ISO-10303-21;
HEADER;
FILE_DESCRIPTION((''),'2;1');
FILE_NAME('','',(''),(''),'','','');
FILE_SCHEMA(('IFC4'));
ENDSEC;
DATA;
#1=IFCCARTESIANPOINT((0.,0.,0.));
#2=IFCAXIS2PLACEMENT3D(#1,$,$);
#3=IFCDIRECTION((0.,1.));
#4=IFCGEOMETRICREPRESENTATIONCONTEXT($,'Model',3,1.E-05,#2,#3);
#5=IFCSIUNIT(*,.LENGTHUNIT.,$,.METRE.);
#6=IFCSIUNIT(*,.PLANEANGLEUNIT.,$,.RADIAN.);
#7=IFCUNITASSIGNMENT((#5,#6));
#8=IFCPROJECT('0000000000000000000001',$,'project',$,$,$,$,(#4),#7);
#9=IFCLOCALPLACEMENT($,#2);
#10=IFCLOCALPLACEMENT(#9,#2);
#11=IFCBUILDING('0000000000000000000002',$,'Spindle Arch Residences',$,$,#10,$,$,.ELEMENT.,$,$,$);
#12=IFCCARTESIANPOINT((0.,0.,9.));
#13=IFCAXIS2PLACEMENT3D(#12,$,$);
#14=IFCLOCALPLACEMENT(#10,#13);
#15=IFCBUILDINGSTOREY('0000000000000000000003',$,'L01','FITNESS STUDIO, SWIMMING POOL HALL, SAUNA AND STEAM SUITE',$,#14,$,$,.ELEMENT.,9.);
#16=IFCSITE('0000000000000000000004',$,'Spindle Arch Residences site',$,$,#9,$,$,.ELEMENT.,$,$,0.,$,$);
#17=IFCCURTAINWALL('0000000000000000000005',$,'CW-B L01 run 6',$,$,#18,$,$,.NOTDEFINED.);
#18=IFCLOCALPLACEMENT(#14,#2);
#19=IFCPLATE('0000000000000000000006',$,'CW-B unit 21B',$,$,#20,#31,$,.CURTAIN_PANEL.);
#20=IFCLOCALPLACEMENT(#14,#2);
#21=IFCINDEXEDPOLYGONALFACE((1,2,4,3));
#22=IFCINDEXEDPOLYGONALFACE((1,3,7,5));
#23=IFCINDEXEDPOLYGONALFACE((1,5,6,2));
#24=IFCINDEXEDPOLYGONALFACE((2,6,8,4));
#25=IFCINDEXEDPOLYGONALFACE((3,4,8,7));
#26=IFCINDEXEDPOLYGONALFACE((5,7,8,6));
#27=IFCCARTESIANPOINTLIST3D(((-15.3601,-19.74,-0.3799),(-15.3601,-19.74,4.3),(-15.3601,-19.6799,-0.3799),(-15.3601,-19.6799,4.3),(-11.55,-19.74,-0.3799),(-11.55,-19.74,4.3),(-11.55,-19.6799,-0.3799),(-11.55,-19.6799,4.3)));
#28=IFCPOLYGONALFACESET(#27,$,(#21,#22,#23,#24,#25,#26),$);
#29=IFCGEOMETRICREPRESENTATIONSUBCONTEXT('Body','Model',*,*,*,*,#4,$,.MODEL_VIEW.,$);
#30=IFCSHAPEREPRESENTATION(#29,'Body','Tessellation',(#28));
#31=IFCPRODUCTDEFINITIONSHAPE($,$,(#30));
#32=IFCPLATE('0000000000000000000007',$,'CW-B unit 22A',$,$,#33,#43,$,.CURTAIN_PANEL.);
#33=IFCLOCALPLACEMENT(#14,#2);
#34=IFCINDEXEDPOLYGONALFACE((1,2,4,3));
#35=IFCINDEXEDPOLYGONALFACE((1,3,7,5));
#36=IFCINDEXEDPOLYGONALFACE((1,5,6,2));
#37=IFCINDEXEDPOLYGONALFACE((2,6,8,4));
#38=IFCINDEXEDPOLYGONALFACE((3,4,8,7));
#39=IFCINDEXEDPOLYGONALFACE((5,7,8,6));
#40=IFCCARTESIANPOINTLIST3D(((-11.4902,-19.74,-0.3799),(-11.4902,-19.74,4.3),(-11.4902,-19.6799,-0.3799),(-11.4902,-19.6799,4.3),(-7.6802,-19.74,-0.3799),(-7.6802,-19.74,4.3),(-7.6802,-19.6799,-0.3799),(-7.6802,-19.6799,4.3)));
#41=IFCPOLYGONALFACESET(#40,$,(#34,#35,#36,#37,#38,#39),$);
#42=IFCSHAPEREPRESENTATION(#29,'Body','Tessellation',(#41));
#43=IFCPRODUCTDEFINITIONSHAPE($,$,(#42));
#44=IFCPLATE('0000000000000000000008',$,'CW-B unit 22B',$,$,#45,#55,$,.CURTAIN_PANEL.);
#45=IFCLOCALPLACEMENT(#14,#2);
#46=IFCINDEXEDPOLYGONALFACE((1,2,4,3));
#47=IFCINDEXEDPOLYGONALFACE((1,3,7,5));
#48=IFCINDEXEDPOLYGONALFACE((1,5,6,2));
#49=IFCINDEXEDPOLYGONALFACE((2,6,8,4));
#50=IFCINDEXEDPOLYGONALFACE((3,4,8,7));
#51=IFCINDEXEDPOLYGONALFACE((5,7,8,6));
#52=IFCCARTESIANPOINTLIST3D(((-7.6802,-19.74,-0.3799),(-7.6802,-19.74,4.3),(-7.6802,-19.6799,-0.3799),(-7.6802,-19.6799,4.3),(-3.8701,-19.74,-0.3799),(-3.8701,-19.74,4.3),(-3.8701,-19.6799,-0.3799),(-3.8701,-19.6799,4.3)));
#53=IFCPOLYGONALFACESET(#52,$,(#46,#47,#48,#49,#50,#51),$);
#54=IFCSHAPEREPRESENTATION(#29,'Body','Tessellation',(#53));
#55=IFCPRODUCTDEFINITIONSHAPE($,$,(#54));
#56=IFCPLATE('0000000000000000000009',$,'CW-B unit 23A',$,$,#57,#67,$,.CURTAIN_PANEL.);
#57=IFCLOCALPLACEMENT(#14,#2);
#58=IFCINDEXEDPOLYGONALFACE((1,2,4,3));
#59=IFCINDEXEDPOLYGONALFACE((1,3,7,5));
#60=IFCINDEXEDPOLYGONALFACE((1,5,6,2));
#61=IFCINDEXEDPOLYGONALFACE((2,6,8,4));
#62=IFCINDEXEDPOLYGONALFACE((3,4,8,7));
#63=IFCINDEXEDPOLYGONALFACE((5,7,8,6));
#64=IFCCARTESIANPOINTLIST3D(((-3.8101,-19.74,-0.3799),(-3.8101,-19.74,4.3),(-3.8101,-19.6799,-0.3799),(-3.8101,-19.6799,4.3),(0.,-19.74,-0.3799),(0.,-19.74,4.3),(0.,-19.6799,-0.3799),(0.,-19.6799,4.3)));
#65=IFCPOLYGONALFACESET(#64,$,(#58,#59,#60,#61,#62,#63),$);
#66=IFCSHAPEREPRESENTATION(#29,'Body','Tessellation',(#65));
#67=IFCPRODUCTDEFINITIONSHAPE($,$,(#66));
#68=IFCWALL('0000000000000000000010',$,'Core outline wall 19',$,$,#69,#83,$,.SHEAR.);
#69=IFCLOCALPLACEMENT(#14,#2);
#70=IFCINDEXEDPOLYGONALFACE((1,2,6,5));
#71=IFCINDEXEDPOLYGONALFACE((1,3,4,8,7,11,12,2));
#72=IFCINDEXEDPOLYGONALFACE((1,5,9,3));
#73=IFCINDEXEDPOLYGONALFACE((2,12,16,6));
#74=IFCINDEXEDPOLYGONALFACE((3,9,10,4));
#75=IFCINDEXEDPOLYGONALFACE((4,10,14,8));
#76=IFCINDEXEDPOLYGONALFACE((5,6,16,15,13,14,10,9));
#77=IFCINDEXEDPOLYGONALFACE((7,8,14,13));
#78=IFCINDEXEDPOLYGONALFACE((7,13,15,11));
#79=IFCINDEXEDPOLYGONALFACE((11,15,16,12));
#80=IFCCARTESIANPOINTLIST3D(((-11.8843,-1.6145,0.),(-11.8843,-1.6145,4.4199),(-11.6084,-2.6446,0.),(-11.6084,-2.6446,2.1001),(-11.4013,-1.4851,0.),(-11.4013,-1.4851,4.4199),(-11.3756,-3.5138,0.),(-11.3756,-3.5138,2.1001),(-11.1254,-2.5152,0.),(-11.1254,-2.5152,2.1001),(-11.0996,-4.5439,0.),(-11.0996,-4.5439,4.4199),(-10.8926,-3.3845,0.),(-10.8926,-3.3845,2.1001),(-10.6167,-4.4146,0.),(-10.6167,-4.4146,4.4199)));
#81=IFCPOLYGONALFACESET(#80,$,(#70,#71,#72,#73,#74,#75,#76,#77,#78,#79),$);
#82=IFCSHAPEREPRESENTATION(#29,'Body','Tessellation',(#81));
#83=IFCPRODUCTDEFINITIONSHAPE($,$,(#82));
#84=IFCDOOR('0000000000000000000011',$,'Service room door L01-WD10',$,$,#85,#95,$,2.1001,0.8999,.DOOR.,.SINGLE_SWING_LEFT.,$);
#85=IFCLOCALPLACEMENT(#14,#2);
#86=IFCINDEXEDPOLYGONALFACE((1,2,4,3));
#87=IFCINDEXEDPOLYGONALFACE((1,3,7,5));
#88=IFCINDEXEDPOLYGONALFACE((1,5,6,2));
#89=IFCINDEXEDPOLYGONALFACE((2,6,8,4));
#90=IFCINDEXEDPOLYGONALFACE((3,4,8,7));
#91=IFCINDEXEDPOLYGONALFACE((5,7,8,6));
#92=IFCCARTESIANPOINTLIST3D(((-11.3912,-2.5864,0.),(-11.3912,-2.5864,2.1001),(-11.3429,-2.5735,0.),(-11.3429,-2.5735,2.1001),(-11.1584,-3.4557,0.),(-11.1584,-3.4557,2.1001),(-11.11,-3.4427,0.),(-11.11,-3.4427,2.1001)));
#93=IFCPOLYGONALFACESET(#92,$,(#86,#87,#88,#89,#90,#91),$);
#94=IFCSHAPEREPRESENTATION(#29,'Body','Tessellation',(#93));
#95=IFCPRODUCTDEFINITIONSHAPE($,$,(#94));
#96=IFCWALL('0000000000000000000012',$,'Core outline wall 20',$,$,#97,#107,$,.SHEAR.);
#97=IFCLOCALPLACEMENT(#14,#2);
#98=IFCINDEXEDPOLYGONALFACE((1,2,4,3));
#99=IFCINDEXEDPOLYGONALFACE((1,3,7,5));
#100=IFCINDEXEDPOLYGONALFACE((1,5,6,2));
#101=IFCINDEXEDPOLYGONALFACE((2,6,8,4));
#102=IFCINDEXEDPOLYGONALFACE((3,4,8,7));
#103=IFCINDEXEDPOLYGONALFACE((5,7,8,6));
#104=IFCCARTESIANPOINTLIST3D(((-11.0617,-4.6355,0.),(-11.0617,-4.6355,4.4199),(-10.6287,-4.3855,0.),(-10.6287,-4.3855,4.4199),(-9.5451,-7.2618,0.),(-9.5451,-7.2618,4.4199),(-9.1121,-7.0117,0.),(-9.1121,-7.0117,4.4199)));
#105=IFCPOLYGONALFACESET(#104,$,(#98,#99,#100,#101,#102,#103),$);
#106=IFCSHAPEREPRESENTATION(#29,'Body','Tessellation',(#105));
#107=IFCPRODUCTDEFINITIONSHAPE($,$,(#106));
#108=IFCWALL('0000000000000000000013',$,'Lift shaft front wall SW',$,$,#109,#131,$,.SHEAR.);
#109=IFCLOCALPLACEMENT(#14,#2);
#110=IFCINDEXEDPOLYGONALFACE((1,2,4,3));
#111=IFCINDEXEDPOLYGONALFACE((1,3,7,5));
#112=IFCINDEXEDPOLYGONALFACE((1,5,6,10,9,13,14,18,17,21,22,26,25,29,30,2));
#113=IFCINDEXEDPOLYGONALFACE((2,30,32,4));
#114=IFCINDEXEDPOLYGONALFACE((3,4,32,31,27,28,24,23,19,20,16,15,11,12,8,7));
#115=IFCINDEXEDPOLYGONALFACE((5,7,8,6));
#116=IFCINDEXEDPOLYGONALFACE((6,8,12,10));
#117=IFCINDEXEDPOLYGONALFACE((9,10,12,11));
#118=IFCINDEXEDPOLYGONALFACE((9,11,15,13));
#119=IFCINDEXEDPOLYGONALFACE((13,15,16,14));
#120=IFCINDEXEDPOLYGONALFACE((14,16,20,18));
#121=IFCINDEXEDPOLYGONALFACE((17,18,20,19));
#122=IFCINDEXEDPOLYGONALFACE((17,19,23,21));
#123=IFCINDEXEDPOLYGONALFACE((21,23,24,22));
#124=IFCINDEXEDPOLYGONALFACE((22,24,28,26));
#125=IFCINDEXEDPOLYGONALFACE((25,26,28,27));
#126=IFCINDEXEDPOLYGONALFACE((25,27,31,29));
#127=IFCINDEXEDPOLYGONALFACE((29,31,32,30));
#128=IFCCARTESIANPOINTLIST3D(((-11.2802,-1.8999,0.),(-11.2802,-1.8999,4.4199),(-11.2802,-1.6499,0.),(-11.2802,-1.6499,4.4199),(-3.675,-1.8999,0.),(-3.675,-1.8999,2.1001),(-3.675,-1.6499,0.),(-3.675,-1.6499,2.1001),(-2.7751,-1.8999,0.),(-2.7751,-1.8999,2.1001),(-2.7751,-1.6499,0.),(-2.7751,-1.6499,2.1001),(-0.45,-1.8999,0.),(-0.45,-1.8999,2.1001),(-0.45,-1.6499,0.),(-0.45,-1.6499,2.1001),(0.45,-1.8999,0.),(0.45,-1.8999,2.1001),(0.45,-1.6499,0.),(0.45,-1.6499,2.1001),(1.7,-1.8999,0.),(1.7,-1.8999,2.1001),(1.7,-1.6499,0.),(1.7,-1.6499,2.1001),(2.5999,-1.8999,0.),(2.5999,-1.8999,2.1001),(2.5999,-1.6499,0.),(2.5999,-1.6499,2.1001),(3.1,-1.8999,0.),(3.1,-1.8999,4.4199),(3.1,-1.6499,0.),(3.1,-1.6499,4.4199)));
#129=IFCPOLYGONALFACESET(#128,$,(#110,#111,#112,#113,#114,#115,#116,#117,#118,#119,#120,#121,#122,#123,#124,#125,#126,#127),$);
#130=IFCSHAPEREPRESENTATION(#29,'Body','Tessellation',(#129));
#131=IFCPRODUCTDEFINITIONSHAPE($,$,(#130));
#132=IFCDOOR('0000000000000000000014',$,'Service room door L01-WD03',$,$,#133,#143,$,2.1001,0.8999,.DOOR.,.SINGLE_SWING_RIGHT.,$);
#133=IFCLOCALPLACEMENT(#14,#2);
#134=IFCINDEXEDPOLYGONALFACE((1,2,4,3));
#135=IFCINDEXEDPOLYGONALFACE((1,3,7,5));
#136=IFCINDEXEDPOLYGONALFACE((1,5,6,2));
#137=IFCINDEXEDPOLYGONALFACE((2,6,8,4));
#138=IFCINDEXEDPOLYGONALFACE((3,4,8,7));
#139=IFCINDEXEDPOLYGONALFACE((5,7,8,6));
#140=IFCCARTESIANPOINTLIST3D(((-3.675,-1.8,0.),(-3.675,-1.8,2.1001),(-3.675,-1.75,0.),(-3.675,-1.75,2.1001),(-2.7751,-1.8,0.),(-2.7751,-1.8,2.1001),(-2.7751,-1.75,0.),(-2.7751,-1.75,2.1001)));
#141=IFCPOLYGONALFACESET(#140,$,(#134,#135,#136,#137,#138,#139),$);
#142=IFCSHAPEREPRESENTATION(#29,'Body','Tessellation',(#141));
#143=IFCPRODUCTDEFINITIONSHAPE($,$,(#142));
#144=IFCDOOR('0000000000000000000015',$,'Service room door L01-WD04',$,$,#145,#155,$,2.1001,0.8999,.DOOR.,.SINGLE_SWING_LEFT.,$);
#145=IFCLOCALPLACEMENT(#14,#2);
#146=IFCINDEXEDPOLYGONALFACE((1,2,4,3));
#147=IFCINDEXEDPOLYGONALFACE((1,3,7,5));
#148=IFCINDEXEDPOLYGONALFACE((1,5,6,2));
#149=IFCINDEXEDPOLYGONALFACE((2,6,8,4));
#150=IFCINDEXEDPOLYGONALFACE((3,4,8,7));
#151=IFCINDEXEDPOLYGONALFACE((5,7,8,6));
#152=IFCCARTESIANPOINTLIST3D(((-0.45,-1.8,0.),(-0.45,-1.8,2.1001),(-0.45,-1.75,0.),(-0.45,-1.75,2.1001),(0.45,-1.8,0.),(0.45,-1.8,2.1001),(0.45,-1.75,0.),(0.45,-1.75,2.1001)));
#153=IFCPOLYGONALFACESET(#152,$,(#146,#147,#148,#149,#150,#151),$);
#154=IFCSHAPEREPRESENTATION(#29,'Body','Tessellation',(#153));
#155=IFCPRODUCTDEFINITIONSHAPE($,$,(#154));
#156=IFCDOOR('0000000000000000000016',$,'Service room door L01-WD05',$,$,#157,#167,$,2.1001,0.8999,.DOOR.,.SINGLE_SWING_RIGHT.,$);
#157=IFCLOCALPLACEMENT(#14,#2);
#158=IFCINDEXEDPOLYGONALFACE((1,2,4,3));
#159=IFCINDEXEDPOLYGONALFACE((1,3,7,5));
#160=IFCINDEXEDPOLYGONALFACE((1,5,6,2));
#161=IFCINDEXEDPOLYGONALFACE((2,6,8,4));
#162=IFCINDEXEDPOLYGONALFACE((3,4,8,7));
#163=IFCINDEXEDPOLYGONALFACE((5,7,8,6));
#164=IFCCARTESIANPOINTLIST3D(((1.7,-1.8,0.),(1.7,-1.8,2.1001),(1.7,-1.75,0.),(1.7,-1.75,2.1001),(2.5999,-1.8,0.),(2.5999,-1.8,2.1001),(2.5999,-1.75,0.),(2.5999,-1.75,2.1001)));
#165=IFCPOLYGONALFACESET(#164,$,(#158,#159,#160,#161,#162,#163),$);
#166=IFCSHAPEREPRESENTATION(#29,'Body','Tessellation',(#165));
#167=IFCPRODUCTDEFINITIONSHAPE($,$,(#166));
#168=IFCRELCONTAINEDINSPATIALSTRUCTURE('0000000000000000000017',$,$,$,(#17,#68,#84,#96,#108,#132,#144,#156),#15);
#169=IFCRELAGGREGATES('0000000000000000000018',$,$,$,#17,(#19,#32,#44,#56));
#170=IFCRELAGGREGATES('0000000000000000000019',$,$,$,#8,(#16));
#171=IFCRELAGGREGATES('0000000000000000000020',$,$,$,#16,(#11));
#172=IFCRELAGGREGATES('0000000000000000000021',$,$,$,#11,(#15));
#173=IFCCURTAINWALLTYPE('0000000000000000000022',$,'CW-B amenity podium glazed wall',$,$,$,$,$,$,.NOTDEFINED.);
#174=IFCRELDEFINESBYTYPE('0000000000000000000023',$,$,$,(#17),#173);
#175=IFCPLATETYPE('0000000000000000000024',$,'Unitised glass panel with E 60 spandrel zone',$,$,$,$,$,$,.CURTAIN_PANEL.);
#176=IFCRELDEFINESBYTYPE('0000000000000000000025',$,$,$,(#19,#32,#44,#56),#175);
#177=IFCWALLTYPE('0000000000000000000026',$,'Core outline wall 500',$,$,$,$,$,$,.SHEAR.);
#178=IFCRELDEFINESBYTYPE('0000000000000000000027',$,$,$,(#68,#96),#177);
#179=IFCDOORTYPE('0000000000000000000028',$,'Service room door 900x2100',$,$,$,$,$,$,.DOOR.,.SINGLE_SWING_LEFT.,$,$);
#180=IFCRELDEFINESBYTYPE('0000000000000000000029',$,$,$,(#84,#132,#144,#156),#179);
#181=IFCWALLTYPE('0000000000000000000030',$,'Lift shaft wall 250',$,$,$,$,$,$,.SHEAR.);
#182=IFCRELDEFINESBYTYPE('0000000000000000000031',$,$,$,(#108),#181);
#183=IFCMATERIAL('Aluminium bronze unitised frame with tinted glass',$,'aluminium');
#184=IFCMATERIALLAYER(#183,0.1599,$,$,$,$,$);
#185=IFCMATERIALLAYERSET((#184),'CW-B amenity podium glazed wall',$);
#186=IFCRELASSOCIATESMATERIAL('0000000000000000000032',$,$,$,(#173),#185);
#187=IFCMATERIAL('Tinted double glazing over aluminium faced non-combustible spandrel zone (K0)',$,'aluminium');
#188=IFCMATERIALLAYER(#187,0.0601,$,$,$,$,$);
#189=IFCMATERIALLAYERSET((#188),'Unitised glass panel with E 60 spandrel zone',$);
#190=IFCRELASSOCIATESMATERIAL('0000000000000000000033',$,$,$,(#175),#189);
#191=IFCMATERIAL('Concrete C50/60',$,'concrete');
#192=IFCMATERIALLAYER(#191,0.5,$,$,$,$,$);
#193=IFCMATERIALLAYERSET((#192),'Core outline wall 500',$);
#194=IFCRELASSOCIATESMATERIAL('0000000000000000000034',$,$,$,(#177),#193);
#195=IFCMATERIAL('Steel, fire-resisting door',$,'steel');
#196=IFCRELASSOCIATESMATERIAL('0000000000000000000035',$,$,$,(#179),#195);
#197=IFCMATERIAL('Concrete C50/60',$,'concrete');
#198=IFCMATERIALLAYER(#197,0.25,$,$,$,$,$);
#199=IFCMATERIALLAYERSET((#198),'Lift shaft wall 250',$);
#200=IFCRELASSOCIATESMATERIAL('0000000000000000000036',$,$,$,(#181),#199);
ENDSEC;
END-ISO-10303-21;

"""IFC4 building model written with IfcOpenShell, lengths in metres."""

from ifc_helpers import new_model, si_unit, direction, frame, frame_2d, origin, origin_2d, place, context, subcontext, project, spatial, rectangle, extrude, material, layer, layer_set, type_object, element, fill, aggregate, save


model = new_model("IFC4")

# Units and contexts
model_context = context("Model", 3, precision=1e-05, world=origin(), true_north=direction((0.0, 1.0)))
body_context = subcontext(model_context, "Body", "Model", "MODEL_VIEW")
ifc_project = project(units=[si_unit("LENGTHUNIT", "METRE"), si_unit("PLANEANGLEUNIT", "RADIAN")], contexts=[model_context])

# Site, building, storey
site_placement = place(None, origin())
site = spatial("IfcSite", under=ifc_project, at=site_placement, Name="Spindle Arch Residences site", CompositionType="ELEMENT", RefElevation=0.0)
building_placement = place(site_placement, origin())
building = spatial("IfcBuilding", under=site, at=building_placement, Name="Spindle Arch Residences", CompositionType="ELEMENT")
storey_placement = place(building_placement, frame((0.0, 0.0, 9.0)))
storey = spatial("IfcBuildingStorey", under=building, at=storey_placement, Name="L01", Description="FITNESS STUDIO, SWIMMING POOL HALL, SAUNA AND STEAM SUITE", CompositionType="ELEMENT", Elevation=9.0)

# Curtain wall
ifc_material_1 = material(Name="Aluminium bronze unitised frame with tinted glass", Category="aluminium")
ifc_layer_1 = layer(ifc_material_1, 0.1599)
ifc_layer_set_1 = layer_set([ifc_layer_1], Name="CW-B amenity podium glazed wall")
curtain_wall_type = type_object("IfcCurtainWallType", Name="CW-B amenity podium glazed wall", PredefinedType="NOTDEFINED", material=ifc_layer_set_1)
curtain_wall_placement = place(storey_placement, origin())
curtain_wall = element("IfcCurtainWall", 1, at=curtain_wall_placement, inside=storey, type_object=curtain_wall_type, Name="CW-B L01 run 6", PredefinedType="NOTDEFINED")

# Plates
ifc_material_2 = material(Name="Tinted double glazing over aluminium faced non-combustible spandrel zone (K0)", Category="aluminium")
ifc_layer_2 = layer(ifc_material_2, 0.0601)
ifc_layer_set_2 = layer_set([ifc_layer_2], Name="Unitised glass panel with E 60 spandrel zone")
plate_type = type_object("IfcPlateType", Name="Unitised glass panel with E 60 spandrel zone", PredefinedType="CURTAIN_PANEL", material=ifc_layer_set_2)
plate_1_placement = place(storey_placement, frame((-13.4551, -19.71, -0.3799), z_axis=(0.0, 0.0, 1.0), x_axis=(1.0, 0.0, 0.0)))
plate_1 = element("IfcPlate", 2, at=plate_1_placement, type_object=plate_type, Name="CW-B unit 21B", PredefinedType="CURTAIN_PANEL", context=body_context, shape_type="SweptSolid", body=[
    extrude(rectangle(XDim=3.8101, YDim=0.0601, at=origin_2d()), origin(), (0.0, 0.0, 1.0), 4.6799),
])
plate_2_placement = place(storey_placement, frame((-9.5852, -19.71, -0.3799), z_axis=(0.0, 0.0, 1.0), x_axis=(1.0, 0.0, 0.0)))
plate_2 = element("IfcPlate", 3, at=plate_2_placement, type_object=plate_type, Name="CW-B unit 22A", PredefinedType="CURTAIN_PANEL", context=body_context, shape_type="SweptSolid", body=[
    extrude(rectangle(XDim=3.8101, YDim=0.0601, at=origin_2d()), origin(), (0.0, 0.0, 1.0), 4.6799),
])
plate_3_placement = place(storey_placement, frame((-5.7751, -19.71, -0.3799), z_axis=(0.0, 0.0, 1.0), x_axis=(1.0, 0.0, 0.0)))
plate_3 = element("IfcPlate", 4, at=plate_3_placement, type_object=plate_type, Name="CW-B unit 22B", PredefinedType="CURTAIN_PANEL", context=body_context, shape_type="SweptSolid", body=[
    extrude(rectangle(XDim=3.8101, YDim=0.0601, at=origin_2d()), origin(), (0.0, 0.0, 1.0), 4.6799),
])
plate_4_placement = place(storey_placement, frame((-1.905, -19.71, -0.3799), z_axis=(0.0, 0.0, 1.0), x_axis=(1.0, 0.0, 0.0)))
plate_4 = element("IfcPlate", 5, at=plate_4_placement, type_object=plate_type, Name="CW-B unit 23A", PredefinedType="CURTAIN_PANEL", context=body_context, shape_type="SweptSolid", body=[
    extrude(rectangle(XDim=3.8101, YDim=0.0601, at=origin_2d()), origin(), (0.0, 0.0, 1.0), 4.6799),
])
aggregate(curtain_wall, [plate_1, plate_2, plate_3, plate_4])

# Wall, opening, door
ifc_material_3 = material(Name="Concrete C50/60", Category="concrete")
ifc_layer_3 = layer(ifc_material_3, 0.5)
ifc_layer_set_3 = layer_set([ifc_layer_3], Name="Core outline wall 500")
wall_type_1 = type_object("IfcWallType", Name="Core outline wall 500", PredefinedType="SHEAR", material=ifc_layer_set_3)
wall_1_placement = place(storey_placement, frame((-11.6428, -1.5498, 0.0), z_axis=(0.0, 0.0, 1.0), x_axis=(0.258735, -0.965948, 0.0)))
wall_1 = element("IfcWall", 6, at=wall_1_placement, inside=storey, type_object=wall_type_1, Name="Core outline wall 19", PredefinedType="SHEAR", context=body_context, shape_type="SweptSolid", body=[
    extrude(rectangle(XDim=3.0327, YDim=0.5, at=frame_2d((1.5164, 0.0))), origin(), (0.0, 0.0, 1.0), 4.4199),
])
opening_1_placement = place(wall_1_placement, frame((1.0664, 0.0, 0.0)))
opening_1 = element("IfcOpeningElement", 7, at=opening_1_placement, cuts=wall_1, PredefinedType="OPENING", context=body_context, shape_type="SweptSolid", body=[
    extrude(rectangle(XDim=0.8999, YDim=2.1001, at=frame_2d((0.45, 1.05))), frame((0.0, 0.26, 0.0), z_axis=(0.0, -1.0, 0.0), x_axis=(1.0, 0.0, 0.0)), (0.0, 0.0, 1.0), 0.52),
])
ifc_material_4 = material(Name="Steel, fire-resisting door", Category="steel")
door_type_1 = type_object("IfcDoorType", Name="Service room door 900x2100", OperationType="SINGLE_SWING_LEFT", PredefinedType="DOOR", material=ifc_material_4)
door_1_placement = place(opening_1_placement, origin())
door_1 = element("IfcDoor", 8, at=door_1_placement, inside=storey, type_object=door_type_1, Name="Service room door L01-WD10", OperationType="SINGLE_SWING_LEFT", OverallHeight=2.1001, OverallWidth=0.8999, PredefinedType="DOOR", context=body_context, shape_type="SweptSolid", body=[
    extrude(rectangle(XDim=0.8999, YDim=2.1001, at=frame_2d((0.45, 1.05))), frame((0.0, 0.0249, 0.0), z_axis=(0.0, -1.0, 0.0), x_axis=(1.0, 0.0, 0.0)), (0.0, 0.0, 1.0), 0.05),
])
fill(opening_1, door_1)

# Wall
wall_2_placement = place(storey_placement, frame((-10.8452, -4.5105, 0.0), z_axis=(0.0, 0.0, 1.0), x_axis=(0.500087, -0.865975, 0.0)))
element("IfcWall", 9, at=wall_2_placement, inside=storey, type_object=wall_type_1, Name="Core outline wall 20", PredefinedType="SHEAR", context=body_context, shape_type="SweptSolid", body=[
    extrude(rectangle(XDim=3.0327, YDim=0.5, at=frame_2d((1.5164, 0.0))), origin(), (0.0, 0.0, 1.0), 4.4199),
])

# Wall, openings, doors
ifc_material_5 = material(Name="Concrete C50/60", Category="concrete")
ifc_layer_4 = layer(ifc_material_5, 0.25)
ifc_layer_set_4 = layer_set([ifc_layer_4], Name="Lift shaft wall 250")
wall_type_2 = type_object("IfcWallType", Name="Lift shaft wall 250", PredefinedType="SHEAR", material=ifc_layer_set_4)
wall_3_placement = place(storey_placement, frame((-11.28, -1.7749, 0.0), z_axis=(0.0, 0.0, 1.0), x_axis=(1.0, 0.0, 0.0)))
wall_3 = element("IfcWall", 10, at=wall_3_placement, inside=storey, type_object=wall_type_2, Name="Lift shaft front wall SW", PredefinedType="SHEAR", context=body_context, shape_type="SweptSolid", body=[
    extrude(rectangle(XDim=14.3801, YDim=0.25, at=frame_2d((7.1899, 0.0))), origin(), (0.0, 0.0, 1.0), 4.4199),
])
opening_2_placement = place(wall_3_placement, frame((7.605, 0.0, 0.0)))
opening_2 = element("IfcOpeningElement", 11, at=opening_2_placement, cuts=wall_3, PredefinedType="OPENING", context=body_context, shape_type="SweptSolid", body=[
    extrude(rectangle(XDim=0.8999, YDim=2.1001, at=frame_2d((0.45, 1.05))), frame((0.0, 0.135, 0.0), z_axis=(0.0, -1.0, 0.0), x_axis=(1.0, 0.0, 0.0)), (0.0, 0.0, 1.0), 0.27),
])
opening_3_placement = place(wall_3_placement, frame((10.8301, 0.0, 0.0)))
opening_3 = element("IfcOpeningElement", 12, at=opening_3_placement, cuts=wall_3, PredefinedType="OPENING", context=body_context, shape_type="SweptSolid", body=[
    extrude(rectangle(XDim=0.8999, YDim=2.1001, at=frame_2d((0.45, 1.05))), frame((0.0, 0.135, 0.0), z_axis=(0.0, -1.0, 0.0), x_axis=(1.0, 0.0, 0.0)), (0.0, 0.0, 1.0), 0.27),
])
opening_4_placement = place(wall_3_placement, frame((12.98, 0.0, 0.0)))
opening_4 = element("IfcOpeningElement", 13, at=opening_4_placement, cuts=wall_3, PredefinedType="OPENING", context=body_context, shape_type="SweptSolid", body=[
    extrude(rectangle(XDim=0.8999, YDim=2.1001, at=frame_2d((0.45, 1.05))), frame((0.0, 0.135, 0.0), z_axis=(0.0, -1.0, 0.0), x_axis=(1.0, 0.0, 0.0)), (0.0, 0.0, 1.0), 0.27),
])
door_2_placement = place(opening_2_placement, origin())
door_2 = element("IfcDoor", 14, at=door_2_placement, inside=storey, type_object=door_type_1, Name="Service room door L01-WD03", OperationType="SINGLE_SWING_RIGHT", OverallHeight=2.1001, OverallWidth=0.8999, PredefinedType="DOOR", context=body_context, shape_type="SweptSolid", body=[
    extrude(rectangle(XDim=0.8999, YDim=2.1001, at=frame_2d((0.45, 1.05))), frame((0.0, 0.0249, 0.0), z_axis=(0.0, -1.0, 0.0), x_axis=(1.0, 0.0, 0.0)), (0.0, 0.0, 1.0), 0.05),
])
fill(opening_2, door_2)
door_3_placement = place(opening_3_placement, origin())
door_3 = element("IfcDoor", 15, at=door_3_placement, inside=storey, type_object=door_type_1, Name="Service room door L01-WD04", OperationType="SINGLE_SWING_LEFT", OverallHeight=2.1001, OverallWidth=0.8999, PredefinedType="DOOR", context=body_context, shape_type="SweptSolid", body=[
    extrude(rectangle(XDim=0.8999, YDim=2.1001, at=frame_2d((0.45, 1.05))), frame((0.0, 0.0249, 0.0), z_axis=(0.0, -1.0, 0.0), x_axis=(1.0, 0.0, 0.0)), (0.0, 0.0, 1.0), 0.05),
])
fill(opening_3, door_3)
door_4_placement = place(opening_4_placement, origin())
door_4 = element("IfcDoor", 16, at=door_4_placement, inside=storey, type_object=door_type_1, Name="Service room door L01-WD05", OperationType="SINGLE_SWING_RIGHT", OverallHeight=2.1001, OverallWidth=0.8999, PredefinedType="DOOR", context=body_context, shape_type="SweptSolid", body=[
    extrude(rectangle(XDim=0.8999, YDim=2.1001, at=frame_2d((0.45, 1.05))), frame((0.0, 0.0249, 0.0), z_axis=(0.0, -1.0, 0.0), x_axis=(1.0, 0.0, 0.0)), (0.0, 0.0, 1.0), 0.05),
])
fill(opening_4, door_4)

save(model, "model.ifc")
